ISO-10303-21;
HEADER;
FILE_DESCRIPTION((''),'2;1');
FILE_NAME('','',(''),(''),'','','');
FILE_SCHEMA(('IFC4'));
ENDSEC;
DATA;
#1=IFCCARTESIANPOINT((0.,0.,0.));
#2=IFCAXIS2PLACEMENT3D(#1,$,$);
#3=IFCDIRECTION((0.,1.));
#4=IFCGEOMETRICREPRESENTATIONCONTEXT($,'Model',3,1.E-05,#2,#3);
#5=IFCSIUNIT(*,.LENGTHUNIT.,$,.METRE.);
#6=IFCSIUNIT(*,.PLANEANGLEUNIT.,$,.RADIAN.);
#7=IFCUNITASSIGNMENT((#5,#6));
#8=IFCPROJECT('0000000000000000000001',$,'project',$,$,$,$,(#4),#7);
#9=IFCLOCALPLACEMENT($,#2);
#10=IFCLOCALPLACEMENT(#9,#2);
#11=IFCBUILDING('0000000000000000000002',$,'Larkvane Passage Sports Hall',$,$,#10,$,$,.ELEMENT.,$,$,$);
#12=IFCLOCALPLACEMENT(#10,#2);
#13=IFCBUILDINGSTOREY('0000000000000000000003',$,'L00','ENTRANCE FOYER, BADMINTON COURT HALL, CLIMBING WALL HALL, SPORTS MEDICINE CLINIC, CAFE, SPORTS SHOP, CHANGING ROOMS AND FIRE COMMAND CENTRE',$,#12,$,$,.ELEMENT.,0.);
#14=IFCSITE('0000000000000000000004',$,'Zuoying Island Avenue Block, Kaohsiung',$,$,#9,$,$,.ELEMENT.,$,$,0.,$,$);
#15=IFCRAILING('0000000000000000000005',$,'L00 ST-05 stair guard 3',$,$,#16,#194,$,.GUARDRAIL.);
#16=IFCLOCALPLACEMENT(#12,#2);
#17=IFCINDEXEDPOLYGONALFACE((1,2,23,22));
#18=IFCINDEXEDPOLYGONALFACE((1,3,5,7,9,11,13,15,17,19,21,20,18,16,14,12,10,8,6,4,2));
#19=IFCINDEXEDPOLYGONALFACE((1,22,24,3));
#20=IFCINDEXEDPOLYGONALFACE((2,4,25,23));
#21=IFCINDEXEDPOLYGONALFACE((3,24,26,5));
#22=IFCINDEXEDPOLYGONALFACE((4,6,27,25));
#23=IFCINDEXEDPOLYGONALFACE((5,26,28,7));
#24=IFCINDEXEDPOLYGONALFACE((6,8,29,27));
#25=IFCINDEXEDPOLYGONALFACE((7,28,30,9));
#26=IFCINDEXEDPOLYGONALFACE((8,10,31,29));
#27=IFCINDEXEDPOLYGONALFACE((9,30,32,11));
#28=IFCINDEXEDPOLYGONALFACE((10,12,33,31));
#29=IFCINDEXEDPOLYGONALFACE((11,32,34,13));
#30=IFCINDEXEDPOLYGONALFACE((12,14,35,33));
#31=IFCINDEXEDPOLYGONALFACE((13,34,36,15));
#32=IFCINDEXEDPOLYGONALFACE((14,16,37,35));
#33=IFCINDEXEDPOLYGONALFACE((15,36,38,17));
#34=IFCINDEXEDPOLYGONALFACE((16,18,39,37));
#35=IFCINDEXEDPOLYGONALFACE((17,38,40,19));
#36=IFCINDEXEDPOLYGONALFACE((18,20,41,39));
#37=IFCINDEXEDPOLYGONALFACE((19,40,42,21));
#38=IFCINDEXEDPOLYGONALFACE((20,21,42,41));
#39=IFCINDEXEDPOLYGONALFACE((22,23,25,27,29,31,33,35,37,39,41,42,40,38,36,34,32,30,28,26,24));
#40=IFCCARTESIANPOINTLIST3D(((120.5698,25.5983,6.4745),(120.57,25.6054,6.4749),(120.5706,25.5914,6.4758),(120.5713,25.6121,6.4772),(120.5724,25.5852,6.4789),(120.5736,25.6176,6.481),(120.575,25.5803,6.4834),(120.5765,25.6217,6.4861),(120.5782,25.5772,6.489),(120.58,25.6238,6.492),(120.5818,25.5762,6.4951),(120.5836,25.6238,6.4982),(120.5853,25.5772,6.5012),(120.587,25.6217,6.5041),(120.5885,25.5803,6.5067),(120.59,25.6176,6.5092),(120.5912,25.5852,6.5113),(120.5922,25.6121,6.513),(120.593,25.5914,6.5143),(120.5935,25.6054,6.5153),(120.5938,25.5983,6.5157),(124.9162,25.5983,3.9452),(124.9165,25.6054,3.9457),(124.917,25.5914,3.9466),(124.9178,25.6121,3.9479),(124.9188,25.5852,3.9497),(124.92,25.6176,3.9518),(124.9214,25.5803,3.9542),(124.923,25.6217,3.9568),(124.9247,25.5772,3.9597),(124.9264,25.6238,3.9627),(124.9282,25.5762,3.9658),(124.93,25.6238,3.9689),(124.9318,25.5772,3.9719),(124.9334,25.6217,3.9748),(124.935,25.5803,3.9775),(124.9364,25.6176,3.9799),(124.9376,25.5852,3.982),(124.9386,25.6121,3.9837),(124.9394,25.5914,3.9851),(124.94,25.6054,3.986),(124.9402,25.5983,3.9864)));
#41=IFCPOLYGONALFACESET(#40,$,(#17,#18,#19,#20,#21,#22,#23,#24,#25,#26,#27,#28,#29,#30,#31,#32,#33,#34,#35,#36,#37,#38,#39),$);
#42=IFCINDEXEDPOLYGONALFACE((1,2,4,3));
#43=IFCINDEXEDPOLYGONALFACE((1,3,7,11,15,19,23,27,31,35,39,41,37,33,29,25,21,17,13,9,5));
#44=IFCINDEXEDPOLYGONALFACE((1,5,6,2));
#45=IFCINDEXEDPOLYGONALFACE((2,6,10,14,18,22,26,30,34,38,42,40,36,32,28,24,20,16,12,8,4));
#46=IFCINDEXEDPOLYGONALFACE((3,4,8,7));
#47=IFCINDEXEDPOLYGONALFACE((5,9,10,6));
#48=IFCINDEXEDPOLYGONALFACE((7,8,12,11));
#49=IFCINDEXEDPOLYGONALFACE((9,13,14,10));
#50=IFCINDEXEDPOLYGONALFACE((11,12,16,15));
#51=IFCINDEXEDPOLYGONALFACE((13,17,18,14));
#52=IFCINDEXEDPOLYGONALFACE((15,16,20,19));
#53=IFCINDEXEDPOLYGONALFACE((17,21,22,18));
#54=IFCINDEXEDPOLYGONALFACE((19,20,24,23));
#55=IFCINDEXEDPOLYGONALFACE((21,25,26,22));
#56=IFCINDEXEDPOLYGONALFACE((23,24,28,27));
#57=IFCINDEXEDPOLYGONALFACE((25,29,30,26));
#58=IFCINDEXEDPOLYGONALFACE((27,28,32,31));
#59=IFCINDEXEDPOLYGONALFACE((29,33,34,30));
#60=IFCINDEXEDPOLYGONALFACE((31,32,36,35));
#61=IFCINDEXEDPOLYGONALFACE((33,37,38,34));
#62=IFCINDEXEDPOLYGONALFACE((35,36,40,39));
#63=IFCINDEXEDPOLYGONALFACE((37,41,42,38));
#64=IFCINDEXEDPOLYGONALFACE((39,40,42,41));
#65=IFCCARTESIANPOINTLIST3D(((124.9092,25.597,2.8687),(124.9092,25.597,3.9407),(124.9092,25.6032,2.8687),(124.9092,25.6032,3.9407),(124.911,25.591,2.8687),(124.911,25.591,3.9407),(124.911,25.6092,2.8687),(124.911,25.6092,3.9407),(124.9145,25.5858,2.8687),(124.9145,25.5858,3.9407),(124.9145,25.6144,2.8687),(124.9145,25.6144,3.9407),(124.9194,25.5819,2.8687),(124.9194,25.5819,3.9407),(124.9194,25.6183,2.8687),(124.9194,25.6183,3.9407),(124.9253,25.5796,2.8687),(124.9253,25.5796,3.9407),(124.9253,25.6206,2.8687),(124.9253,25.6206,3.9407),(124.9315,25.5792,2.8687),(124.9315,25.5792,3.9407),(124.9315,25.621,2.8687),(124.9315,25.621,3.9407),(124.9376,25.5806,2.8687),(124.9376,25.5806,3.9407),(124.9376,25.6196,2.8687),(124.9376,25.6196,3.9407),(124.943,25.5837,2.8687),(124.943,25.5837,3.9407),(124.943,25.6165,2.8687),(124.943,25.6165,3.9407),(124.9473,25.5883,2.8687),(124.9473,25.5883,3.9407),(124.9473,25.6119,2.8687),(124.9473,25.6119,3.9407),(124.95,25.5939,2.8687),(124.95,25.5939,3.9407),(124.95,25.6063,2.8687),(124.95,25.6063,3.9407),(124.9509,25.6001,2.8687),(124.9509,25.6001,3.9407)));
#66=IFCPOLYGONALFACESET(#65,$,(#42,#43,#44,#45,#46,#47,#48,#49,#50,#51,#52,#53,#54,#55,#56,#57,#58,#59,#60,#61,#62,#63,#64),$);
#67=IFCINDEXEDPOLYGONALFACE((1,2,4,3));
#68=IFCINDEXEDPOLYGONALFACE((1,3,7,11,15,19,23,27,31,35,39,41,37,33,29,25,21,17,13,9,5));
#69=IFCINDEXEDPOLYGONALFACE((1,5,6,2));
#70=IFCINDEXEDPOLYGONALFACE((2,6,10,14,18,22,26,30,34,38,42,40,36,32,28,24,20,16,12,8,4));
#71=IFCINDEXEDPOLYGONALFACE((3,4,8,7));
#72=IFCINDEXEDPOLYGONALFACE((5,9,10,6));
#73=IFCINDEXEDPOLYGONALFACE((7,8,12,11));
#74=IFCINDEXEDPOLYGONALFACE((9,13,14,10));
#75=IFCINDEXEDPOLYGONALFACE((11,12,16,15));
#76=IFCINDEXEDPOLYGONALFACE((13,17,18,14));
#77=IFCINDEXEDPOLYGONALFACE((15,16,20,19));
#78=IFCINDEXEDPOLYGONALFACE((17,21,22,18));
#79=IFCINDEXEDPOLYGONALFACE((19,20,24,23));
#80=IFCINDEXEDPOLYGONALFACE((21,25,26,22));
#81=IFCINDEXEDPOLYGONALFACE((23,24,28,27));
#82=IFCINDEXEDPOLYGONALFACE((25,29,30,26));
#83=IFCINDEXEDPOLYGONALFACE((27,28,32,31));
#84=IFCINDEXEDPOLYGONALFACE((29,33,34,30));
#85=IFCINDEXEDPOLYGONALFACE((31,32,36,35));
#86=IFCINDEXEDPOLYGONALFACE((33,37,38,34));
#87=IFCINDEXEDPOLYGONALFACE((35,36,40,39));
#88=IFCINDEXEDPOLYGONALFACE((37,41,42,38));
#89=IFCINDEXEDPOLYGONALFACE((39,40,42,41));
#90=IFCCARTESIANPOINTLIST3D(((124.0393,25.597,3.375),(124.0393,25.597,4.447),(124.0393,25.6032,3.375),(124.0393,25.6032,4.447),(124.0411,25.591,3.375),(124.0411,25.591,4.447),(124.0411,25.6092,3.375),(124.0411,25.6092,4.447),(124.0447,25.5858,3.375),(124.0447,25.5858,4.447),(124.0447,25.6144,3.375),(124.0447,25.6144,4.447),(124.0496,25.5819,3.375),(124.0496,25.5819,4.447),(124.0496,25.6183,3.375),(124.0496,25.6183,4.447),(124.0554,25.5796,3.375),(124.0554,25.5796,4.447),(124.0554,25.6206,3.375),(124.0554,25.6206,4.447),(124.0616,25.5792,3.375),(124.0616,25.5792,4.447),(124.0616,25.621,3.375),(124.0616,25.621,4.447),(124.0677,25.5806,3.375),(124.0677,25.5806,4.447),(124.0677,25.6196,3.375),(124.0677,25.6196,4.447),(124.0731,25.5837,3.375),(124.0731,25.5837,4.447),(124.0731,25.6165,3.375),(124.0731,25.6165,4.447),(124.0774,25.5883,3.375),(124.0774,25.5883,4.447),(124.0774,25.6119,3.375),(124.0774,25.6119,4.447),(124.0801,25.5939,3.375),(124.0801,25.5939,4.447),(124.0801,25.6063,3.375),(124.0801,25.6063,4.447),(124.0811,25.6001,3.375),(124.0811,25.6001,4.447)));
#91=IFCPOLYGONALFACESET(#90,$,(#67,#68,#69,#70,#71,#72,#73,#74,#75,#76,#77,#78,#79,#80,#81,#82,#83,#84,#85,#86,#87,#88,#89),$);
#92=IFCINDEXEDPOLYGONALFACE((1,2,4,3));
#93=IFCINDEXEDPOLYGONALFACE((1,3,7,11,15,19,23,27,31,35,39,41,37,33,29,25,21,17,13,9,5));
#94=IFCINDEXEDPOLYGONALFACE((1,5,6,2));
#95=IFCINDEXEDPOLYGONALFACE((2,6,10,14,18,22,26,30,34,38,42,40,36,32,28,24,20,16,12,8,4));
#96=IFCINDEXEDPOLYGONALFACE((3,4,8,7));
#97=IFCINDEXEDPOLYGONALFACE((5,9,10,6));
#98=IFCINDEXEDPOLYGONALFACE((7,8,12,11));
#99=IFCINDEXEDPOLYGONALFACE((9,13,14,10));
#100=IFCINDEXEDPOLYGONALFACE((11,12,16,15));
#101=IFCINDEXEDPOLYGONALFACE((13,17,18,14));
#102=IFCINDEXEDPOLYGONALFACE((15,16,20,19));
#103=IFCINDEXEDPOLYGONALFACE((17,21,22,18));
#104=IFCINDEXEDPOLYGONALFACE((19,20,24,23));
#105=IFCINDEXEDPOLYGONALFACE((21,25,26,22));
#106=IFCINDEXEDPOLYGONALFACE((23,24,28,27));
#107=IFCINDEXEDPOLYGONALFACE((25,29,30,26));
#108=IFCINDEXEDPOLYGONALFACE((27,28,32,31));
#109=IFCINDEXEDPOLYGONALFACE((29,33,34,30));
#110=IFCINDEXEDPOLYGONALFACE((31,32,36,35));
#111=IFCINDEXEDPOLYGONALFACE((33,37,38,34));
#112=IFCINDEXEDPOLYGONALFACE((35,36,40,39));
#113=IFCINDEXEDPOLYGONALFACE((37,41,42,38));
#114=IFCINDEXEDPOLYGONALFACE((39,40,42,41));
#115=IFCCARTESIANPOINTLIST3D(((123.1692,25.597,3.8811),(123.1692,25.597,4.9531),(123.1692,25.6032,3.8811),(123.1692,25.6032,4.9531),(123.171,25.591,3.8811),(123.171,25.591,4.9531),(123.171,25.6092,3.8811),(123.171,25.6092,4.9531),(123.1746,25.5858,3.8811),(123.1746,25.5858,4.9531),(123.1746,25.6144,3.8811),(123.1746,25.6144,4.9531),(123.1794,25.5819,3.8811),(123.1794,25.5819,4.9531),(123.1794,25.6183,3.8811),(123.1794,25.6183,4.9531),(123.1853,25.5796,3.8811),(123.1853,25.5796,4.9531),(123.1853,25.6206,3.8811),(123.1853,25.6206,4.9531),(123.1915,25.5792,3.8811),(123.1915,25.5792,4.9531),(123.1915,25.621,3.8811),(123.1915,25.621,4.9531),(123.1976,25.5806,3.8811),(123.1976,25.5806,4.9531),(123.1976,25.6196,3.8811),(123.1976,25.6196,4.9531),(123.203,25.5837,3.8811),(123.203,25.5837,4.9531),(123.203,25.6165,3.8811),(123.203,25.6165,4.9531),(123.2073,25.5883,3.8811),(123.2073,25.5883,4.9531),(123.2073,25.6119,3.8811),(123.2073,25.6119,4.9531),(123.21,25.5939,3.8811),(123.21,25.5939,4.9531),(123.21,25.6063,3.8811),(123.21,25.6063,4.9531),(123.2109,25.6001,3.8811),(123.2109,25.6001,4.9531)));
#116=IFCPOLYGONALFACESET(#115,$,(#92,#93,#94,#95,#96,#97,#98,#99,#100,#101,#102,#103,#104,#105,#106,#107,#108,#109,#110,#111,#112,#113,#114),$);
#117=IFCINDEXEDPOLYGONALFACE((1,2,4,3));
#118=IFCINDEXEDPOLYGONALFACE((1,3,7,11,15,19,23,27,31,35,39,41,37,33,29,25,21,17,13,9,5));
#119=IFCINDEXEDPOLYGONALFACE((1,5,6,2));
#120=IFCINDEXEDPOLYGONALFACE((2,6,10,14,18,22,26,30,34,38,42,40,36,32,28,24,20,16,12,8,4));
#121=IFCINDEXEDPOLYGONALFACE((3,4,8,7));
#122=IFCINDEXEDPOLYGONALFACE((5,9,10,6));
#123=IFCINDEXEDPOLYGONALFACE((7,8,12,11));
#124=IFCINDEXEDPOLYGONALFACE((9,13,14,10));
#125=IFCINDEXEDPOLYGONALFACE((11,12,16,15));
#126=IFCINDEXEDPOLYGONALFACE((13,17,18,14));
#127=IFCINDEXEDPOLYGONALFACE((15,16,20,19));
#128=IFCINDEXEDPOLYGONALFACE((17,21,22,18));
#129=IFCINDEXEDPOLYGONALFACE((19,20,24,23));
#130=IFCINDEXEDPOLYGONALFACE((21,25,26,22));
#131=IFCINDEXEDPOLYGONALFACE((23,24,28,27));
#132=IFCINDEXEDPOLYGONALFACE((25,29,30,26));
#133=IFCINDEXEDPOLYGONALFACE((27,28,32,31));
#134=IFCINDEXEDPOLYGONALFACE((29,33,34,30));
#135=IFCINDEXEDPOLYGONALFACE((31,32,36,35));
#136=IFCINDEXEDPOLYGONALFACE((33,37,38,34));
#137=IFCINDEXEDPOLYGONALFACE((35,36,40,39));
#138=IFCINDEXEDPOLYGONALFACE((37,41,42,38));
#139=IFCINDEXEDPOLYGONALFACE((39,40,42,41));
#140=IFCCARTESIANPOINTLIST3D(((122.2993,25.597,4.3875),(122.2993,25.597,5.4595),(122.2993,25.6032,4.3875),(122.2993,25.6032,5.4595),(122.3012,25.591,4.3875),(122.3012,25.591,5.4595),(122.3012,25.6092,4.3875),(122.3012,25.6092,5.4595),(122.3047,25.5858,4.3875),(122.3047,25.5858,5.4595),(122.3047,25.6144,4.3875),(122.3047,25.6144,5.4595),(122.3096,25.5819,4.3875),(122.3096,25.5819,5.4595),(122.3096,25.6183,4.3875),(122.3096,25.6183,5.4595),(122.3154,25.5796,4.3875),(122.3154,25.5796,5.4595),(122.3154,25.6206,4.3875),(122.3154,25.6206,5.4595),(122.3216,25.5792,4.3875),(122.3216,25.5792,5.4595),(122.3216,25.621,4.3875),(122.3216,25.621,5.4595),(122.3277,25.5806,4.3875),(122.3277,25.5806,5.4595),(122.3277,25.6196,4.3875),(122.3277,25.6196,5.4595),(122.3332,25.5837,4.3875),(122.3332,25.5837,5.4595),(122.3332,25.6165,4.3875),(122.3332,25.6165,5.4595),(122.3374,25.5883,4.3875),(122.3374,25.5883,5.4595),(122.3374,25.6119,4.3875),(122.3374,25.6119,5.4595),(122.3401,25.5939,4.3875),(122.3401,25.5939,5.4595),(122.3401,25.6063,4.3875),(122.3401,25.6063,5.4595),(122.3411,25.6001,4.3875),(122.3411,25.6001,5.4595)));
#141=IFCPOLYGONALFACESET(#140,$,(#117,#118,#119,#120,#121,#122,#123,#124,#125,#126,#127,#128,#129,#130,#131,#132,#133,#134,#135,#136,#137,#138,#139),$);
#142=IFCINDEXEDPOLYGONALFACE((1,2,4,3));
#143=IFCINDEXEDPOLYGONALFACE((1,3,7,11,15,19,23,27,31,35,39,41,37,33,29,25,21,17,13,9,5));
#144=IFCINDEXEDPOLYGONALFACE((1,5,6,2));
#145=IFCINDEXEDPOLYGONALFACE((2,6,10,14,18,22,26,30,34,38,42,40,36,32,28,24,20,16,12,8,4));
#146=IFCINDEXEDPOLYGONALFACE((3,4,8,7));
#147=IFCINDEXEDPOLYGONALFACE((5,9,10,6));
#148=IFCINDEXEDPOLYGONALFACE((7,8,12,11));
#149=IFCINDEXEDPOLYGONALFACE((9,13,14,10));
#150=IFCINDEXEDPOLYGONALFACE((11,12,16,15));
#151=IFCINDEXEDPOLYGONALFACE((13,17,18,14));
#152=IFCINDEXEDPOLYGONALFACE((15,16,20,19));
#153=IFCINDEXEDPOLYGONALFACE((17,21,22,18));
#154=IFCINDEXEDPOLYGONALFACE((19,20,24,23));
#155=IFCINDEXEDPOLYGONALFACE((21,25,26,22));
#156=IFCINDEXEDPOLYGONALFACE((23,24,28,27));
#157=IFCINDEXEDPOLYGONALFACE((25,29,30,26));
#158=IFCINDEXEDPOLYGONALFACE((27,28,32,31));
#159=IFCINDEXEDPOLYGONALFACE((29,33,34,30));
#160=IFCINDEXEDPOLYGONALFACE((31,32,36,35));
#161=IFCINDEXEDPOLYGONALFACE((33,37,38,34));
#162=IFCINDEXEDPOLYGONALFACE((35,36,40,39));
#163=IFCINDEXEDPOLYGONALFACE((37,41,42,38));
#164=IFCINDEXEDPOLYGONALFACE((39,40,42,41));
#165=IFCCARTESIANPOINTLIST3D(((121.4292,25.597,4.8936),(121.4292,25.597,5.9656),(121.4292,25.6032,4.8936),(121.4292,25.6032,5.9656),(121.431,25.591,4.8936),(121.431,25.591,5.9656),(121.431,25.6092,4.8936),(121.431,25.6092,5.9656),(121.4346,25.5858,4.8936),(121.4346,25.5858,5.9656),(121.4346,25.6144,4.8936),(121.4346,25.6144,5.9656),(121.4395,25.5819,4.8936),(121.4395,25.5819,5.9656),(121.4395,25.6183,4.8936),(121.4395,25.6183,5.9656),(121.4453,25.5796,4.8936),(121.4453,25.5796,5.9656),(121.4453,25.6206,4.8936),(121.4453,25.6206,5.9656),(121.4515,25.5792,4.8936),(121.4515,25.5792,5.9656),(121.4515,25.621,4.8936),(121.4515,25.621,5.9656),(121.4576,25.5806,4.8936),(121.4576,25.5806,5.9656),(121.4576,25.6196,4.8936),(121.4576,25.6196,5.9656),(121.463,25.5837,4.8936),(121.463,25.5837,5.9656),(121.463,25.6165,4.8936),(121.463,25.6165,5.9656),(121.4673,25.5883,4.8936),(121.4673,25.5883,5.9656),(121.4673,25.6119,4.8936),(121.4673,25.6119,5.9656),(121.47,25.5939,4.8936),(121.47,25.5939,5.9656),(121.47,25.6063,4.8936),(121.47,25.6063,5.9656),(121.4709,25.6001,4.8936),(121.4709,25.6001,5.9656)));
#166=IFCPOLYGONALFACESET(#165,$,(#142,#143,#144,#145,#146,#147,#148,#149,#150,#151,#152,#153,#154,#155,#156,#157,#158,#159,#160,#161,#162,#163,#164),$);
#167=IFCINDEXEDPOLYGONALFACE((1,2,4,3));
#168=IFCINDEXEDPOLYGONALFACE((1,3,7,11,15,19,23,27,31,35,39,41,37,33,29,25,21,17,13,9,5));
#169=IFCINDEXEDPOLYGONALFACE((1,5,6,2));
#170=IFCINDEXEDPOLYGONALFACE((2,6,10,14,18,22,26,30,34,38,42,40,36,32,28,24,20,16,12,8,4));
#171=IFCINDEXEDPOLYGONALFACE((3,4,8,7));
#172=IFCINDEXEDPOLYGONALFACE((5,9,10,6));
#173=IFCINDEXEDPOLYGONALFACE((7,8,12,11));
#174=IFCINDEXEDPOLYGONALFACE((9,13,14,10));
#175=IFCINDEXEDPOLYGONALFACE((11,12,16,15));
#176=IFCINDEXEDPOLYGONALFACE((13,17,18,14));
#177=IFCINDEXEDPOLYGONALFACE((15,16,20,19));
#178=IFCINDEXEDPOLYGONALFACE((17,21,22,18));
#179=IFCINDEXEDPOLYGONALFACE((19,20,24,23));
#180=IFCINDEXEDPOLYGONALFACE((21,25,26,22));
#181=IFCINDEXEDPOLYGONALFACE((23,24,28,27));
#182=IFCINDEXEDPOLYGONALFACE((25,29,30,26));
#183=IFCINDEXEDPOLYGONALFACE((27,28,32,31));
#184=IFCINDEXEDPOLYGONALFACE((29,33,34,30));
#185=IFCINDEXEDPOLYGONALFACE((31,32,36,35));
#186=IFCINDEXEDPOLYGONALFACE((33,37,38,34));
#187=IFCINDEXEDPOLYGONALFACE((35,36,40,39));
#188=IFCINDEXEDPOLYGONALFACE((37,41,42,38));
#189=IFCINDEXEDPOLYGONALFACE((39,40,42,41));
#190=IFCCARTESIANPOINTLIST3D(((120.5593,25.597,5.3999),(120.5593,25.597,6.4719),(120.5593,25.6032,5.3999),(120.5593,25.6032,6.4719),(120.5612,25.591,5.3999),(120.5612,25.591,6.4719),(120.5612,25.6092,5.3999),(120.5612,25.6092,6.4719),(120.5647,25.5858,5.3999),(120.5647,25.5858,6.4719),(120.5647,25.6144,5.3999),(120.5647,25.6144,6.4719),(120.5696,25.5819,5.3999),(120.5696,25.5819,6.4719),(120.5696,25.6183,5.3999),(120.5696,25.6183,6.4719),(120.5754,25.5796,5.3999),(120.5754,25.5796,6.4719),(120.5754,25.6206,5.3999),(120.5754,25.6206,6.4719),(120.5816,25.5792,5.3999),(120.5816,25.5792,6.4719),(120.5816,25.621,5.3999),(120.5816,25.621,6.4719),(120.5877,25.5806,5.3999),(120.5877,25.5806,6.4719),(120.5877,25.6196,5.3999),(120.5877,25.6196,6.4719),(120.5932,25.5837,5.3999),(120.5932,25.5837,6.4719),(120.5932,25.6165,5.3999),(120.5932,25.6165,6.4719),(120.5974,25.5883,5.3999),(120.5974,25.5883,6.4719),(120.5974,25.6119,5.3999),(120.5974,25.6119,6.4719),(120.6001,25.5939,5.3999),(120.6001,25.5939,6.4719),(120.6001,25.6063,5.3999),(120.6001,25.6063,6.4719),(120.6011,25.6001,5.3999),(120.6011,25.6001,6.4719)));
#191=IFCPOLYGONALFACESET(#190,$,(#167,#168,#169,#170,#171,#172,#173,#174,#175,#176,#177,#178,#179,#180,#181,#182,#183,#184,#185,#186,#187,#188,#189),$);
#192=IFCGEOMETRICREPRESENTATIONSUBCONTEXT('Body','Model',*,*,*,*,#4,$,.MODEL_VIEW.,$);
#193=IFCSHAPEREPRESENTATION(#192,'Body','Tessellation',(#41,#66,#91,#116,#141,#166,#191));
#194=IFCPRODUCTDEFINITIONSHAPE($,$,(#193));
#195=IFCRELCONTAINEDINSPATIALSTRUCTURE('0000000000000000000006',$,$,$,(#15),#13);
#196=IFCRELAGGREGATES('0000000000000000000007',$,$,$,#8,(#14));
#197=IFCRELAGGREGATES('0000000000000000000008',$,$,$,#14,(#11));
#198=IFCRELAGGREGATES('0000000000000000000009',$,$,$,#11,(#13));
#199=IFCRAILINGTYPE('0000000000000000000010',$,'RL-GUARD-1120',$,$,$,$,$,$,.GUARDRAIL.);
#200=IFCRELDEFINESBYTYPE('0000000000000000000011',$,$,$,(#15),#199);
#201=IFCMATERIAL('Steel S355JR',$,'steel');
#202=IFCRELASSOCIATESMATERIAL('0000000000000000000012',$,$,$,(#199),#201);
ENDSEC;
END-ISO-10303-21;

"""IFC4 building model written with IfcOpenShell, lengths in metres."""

from ifc_helpers import new_model, si_unit, direction, frame, origin, origin_2d, place, context, subcontext, project, spatial, circle, extrude, material, type_object, element, save


model = new_model("IFC4")

# Units and contexts
model_context = context("Model", 3, precision=1e-05, world=origin(), true_north=direction((0.0, 1.0)))
body_context = subcontext(model_context, "Body", "Model", "MODEL_VIEW")
ifc_project = project(units=[si_unit("LENGTHUNIT", "METRE"), si_unit("PLANEANGLEUNIT", "RADIAN")], contexts=[model_context])

# Site, building, storey
site_placement = place(None, origin())
site = spatial("IfcSite", under=ifc_project, at=site_placement, Name="Zuoying Island Avenue Block, Kaohsiung", CompositionType="ELEMENT", RefElevation=0.0)
building_placement = place(site_placement, origin())
building = spatial("IfcBuilding", under=site, at=building_placement, Name="Larkvane Passage Sports Hall", CompositionType="ELEMENT")
storey_placement = place(building_placement, origin())
storey = spatial("IfcBuildingStorey", under=building, at=storey_placement, Name="L00", Description="ENTRANCE FOYER, BADMINTON COURT HALL, CLIMBING WALL HALL, SPORTS MEDICINE CLINIC, CAFE, SPORTS SHOP, CHANGING ROOMS AND FIRE COMMAND CENTRE", CompositionType="ELEMENT", Elevation=0.0)

# Railing
ifc_material_1 = material(Name="Steel S355JR", Category="steel")
railing_type_1 = type_object("IfcRailingType", Name="RL-GUARD-1120", PredefinedType="GUARDRAIL", material=ifc_material_1)
railing_1_placement = place(storey_placement, frame((124.9299, 25.6001, 2.8687)))
element("IfcRailing", 1, at=railing_1_placement, inside=storey, type_object=railing_type_1, Name="L00 ST-05 stair guard 3", PredefinedType="GUARDRAIL", context=body_context, shape_type="SweptSolid", body=[
    extrude(circle(Radius=0.0239, at=origin_2d()), frame((-0.0017, 0.0, 1.0972), z_axis=(-0.864312, 0.0, 0.502957), x_axis=(0.0, -1.0, 0.0)), (0.0, 0.0, 1.0), 5.0288),
    extrude(circle(Radius=0.021, at=origin_2d()), origin(), (0.0, 0.0, 1.0), 1.072),
    extrude(circle(Radius=0.021, at=origin_2d()), frame((-0.8699, 0.0, 0.5063)), (0.0, 0.0, 1.0), 1.072),
    extrude(circle(Radius=0.021, at=origin_2d()), frame((-1.74, 0.0, 1.0125)), (0.0, 0.0, 1.0), 1.072),
    extrude(circle(Radius=0.021, at=origin_2d()), frame((-2.6099, 0.0, 1.5188)), (0.0, 0.0, 1.0), 1.072),
    extrude(circle(Radius=0.021, at=origin_2d()), frame((-3.48, 0.0, 2.0249)), (0.0, 0.0, 1.0), 1.072),
    extrude(circle(Radius=0.021, at=origin_2d()), frame((-4.3499, 0.0, 2.5312)), (0.0, 0.0, 1.0), 1.072),
])

save(model, "model.ifc")
